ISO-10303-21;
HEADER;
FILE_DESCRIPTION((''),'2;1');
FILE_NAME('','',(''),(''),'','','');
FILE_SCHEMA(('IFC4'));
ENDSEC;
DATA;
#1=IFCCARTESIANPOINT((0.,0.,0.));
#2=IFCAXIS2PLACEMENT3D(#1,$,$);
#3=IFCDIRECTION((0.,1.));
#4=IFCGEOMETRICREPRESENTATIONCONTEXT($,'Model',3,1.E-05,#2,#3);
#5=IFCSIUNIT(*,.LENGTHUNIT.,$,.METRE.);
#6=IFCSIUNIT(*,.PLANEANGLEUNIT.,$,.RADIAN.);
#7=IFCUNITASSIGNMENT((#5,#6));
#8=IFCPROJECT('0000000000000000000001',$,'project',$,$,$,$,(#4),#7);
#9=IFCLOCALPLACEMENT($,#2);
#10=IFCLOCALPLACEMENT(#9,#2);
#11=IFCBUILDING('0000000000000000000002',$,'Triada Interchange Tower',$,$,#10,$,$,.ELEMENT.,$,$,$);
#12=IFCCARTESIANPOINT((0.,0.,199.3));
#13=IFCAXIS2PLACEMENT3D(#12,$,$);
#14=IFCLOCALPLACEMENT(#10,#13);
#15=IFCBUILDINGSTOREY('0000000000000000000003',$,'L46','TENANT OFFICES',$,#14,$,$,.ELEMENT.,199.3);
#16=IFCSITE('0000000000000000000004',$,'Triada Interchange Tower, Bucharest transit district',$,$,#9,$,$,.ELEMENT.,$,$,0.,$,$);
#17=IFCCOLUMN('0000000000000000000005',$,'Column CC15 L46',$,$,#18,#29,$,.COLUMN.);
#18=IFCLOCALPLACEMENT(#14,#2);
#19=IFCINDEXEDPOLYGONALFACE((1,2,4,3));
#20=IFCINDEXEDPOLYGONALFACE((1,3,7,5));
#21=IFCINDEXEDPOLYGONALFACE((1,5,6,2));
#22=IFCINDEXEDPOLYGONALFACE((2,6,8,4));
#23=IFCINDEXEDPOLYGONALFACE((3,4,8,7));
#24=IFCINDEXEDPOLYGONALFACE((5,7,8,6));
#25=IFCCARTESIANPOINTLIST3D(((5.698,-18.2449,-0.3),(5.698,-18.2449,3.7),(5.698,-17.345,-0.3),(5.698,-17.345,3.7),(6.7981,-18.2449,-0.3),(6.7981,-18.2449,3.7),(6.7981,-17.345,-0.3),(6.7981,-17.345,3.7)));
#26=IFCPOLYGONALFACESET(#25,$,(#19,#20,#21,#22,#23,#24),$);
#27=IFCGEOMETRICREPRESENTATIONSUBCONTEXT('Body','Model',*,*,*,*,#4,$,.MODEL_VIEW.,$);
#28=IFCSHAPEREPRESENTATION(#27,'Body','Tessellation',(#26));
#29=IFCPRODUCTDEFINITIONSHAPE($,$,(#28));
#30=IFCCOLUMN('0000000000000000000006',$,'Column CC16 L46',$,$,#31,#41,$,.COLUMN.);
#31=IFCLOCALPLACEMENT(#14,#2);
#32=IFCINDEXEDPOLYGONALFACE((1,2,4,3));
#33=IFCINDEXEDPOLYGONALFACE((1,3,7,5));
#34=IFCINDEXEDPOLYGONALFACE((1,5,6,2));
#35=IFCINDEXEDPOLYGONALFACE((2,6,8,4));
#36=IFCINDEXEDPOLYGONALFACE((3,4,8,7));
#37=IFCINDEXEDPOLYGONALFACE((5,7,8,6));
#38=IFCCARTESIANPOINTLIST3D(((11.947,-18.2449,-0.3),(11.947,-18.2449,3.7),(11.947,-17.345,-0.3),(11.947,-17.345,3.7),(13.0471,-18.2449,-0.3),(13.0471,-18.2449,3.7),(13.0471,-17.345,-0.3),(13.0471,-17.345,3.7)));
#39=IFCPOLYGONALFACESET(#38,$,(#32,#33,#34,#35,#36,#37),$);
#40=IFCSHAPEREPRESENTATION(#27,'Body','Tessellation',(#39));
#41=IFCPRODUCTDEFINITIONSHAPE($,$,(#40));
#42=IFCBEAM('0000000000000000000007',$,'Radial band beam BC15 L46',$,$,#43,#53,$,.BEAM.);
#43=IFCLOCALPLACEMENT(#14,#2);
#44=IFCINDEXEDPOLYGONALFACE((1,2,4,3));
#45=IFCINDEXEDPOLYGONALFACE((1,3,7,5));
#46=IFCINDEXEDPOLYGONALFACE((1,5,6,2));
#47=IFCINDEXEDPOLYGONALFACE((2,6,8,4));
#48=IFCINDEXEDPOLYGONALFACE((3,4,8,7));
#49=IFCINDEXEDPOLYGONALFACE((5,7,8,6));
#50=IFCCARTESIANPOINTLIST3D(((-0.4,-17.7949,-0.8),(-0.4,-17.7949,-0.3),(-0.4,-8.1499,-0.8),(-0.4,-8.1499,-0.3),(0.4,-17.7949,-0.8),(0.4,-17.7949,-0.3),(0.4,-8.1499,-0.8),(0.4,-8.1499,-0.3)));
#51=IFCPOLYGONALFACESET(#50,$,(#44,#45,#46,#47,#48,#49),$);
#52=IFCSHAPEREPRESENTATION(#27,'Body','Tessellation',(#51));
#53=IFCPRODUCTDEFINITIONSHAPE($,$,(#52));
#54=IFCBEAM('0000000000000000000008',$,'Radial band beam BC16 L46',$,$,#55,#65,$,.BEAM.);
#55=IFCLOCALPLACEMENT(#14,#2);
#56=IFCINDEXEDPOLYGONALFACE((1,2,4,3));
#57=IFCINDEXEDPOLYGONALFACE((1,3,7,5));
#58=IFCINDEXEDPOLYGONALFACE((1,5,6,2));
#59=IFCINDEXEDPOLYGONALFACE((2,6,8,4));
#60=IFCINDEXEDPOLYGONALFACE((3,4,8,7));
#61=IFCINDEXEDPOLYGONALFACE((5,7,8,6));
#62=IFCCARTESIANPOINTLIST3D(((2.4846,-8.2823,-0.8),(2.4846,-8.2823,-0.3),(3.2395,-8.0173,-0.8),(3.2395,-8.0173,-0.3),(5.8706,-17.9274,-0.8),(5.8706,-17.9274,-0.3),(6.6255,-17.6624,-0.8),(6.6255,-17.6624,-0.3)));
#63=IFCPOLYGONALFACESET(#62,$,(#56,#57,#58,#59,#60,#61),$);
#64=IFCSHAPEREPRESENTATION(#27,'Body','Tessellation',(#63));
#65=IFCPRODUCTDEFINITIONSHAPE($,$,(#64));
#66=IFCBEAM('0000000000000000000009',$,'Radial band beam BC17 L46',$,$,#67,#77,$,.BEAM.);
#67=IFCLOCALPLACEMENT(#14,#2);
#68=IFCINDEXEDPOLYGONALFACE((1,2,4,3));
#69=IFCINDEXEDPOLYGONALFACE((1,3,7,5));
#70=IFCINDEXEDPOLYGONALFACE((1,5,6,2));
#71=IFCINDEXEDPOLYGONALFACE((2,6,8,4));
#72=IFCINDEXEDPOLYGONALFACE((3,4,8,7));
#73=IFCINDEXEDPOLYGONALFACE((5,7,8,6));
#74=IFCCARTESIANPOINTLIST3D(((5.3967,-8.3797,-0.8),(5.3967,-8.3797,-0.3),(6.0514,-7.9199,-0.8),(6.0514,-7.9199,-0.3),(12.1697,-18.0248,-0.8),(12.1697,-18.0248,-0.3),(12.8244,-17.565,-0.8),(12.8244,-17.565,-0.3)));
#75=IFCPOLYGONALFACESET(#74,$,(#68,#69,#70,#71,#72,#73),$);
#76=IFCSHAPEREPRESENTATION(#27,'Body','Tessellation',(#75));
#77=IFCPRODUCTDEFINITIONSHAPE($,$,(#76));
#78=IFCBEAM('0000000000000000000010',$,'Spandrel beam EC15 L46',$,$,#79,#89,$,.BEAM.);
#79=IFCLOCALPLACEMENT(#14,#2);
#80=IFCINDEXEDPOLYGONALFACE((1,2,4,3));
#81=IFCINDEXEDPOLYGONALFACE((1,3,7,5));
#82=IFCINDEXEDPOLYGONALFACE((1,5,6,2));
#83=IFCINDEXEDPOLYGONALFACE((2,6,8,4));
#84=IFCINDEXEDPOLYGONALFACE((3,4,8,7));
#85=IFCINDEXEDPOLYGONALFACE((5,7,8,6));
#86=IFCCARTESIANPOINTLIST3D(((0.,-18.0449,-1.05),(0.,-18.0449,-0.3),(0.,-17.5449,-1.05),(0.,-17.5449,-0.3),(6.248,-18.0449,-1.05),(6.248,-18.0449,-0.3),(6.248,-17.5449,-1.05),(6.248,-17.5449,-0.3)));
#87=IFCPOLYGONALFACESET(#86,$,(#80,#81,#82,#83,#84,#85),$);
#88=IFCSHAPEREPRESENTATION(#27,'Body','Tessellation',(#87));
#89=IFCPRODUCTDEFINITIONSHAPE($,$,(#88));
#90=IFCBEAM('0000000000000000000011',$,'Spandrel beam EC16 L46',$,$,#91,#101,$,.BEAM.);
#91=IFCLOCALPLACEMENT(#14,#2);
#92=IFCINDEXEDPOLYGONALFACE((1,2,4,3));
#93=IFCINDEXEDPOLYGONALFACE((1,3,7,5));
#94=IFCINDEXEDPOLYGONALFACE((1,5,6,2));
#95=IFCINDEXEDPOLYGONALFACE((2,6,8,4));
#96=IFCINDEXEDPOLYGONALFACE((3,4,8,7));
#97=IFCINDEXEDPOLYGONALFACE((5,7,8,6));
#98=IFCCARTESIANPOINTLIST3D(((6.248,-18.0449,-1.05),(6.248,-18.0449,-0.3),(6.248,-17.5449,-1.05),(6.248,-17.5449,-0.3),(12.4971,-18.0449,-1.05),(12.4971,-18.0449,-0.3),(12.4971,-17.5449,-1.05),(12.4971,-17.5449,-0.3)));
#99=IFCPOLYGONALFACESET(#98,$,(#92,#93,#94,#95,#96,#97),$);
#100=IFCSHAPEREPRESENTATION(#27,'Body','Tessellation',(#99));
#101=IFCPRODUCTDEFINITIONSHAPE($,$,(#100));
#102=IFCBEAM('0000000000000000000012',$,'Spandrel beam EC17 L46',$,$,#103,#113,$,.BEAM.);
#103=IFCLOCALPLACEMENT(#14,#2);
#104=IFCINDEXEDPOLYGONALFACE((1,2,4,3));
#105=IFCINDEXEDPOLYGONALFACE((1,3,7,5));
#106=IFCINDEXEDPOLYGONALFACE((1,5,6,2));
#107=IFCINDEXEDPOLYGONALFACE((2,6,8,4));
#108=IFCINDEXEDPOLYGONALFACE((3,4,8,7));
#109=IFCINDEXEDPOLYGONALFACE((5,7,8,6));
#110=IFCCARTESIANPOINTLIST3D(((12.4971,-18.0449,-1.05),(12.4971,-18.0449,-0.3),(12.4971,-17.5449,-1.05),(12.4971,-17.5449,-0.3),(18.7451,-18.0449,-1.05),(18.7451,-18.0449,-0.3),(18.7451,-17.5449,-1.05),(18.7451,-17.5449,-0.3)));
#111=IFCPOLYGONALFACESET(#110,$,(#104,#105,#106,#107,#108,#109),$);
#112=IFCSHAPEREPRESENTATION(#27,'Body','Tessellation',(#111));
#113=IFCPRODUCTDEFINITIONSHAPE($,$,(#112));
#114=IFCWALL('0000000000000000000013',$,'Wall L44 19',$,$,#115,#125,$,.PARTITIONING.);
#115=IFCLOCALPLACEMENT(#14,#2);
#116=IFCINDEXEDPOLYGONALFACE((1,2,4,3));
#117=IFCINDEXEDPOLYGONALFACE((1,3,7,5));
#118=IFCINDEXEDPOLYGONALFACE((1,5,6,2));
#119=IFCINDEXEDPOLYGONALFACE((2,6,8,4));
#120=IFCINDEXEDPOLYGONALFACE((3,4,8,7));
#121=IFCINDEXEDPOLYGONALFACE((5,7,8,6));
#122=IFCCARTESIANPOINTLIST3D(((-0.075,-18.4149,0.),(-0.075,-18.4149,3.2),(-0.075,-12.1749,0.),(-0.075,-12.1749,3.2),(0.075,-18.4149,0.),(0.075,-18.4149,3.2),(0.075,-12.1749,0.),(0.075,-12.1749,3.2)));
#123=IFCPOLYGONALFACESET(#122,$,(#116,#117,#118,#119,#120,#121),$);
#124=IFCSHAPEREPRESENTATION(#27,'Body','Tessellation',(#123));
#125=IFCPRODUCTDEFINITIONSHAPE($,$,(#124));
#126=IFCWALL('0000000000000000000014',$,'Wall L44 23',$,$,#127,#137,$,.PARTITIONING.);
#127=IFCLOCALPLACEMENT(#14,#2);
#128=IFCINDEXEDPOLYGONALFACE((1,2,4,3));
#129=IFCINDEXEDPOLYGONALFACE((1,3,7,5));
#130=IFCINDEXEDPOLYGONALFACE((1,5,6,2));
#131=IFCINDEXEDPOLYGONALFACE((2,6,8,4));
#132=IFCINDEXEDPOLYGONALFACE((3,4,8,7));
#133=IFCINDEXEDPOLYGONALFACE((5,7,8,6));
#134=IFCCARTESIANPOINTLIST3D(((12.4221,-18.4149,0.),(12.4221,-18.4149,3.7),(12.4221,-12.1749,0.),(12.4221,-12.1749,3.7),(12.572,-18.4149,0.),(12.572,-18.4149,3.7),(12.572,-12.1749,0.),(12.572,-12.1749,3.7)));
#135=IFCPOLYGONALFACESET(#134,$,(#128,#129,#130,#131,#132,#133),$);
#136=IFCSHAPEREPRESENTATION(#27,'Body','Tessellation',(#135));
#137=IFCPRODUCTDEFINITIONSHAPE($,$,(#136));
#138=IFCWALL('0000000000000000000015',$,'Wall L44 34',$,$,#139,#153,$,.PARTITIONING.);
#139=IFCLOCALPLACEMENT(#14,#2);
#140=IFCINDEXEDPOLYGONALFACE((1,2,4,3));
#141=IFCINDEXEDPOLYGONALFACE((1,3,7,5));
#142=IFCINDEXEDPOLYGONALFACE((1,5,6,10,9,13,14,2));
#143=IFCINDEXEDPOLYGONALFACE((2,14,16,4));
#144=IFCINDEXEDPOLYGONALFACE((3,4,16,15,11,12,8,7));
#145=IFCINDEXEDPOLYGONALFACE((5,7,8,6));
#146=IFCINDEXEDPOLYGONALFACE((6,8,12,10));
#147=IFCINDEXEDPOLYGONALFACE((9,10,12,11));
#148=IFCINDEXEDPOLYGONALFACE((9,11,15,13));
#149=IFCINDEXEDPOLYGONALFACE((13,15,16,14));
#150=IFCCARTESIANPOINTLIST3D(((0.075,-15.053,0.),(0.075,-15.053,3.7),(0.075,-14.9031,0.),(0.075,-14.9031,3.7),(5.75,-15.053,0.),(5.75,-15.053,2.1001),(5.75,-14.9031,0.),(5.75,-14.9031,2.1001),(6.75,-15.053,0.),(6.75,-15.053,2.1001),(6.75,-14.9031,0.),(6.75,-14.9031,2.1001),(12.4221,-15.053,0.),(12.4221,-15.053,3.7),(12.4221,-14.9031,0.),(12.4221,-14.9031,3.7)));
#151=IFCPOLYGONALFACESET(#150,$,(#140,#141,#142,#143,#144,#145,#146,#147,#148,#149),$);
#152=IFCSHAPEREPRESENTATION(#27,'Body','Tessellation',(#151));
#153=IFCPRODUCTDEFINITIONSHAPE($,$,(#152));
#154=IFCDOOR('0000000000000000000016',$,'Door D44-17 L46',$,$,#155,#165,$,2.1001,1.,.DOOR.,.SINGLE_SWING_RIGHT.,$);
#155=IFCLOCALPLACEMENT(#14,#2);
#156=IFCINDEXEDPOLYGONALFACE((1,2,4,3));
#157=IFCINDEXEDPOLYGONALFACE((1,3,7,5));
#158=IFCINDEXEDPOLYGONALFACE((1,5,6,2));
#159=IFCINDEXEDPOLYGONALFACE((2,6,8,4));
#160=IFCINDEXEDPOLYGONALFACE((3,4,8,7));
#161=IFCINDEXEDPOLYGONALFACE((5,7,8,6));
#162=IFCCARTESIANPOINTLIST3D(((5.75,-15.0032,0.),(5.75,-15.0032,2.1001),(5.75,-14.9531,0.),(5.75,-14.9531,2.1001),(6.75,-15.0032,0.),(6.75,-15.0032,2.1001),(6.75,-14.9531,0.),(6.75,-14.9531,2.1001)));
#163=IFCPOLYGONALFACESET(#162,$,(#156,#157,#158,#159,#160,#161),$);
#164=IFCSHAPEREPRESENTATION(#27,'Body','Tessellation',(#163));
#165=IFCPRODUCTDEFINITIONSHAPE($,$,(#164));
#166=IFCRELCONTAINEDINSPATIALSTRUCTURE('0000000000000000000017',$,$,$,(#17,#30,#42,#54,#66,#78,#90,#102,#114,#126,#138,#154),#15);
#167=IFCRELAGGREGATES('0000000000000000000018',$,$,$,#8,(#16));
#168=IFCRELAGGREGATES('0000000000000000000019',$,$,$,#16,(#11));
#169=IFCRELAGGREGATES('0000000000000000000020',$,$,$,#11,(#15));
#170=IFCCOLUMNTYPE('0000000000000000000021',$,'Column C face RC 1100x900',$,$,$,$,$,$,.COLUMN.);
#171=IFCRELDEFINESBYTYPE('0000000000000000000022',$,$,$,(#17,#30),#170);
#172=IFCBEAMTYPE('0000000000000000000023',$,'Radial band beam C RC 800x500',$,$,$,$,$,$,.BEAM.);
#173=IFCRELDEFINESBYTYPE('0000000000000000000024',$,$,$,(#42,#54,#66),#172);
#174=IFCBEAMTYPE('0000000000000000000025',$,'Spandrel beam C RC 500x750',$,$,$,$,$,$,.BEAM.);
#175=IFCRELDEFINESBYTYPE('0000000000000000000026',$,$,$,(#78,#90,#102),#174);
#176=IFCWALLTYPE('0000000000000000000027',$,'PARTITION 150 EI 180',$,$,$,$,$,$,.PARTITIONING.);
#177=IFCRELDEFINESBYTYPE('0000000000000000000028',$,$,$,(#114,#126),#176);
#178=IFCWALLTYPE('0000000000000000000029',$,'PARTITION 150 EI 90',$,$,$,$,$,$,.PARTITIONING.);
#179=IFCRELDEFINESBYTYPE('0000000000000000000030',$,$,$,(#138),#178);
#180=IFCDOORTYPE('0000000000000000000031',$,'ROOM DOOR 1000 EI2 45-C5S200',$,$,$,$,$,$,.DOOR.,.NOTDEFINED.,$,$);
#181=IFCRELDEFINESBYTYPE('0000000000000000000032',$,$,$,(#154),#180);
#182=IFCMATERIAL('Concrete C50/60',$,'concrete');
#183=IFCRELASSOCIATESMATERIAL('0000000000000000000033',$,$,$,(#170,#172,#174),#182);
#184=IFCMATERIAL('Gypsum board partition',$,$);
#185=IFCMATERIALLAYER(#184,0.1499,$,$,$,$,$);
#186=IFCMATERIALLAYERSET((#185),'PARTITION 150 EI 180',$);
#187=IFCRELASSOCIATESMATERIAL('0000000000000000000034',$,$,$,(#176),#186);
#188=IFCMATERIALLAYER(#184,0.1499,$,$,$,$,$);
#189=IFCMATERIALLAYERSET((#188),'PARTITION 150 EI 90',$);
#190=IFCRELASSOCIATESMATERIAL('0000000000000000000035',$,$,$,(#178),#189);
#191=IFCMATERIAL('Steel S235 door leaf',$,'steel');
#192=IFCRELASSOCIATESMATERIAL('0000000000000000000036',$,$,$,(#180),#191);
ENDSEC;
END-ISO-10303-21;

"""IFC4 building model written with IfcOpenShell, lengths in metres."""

from ifc_helpers import new_model, si_unit, direction, frame, frame_2d, origin, origin_2d, place, context, subcontext, project, spatial, rectangle, extrude, material, layer, layer_set, material_profile, profile_set, type_object, element, fill, save


model = new_model("IFC4")

# Units and contexts
model_context = context("Model", 3, precision=1e-05, world=origin(), true_north=direction((0.0, 1.0)))
body_context = subcontext(model_context, "Body", "Model", "MODEL_VIEW")
ifc_project = project(units=[si_unit("LENGTHUNIT", "METRE"), si_unit("PLANEANGLEUNIT", "RADIAN")], contexts=[model_context])

# Site, building, storey
site_placement = place(None, origin())
site = spatial("IfcSite", under=ifc_project, at=site_placement, Name="Triada Interchange Tower, Bucharest transit district", CompositionType="ELEMENT", RefElevation=0.0)
building_placement = place(site_placement, origin())
building = spatial("IfcBuilding", under=site, at=building_placement, Name="Triada Interchange Tower", CompositionType="ELEMENT")
storey_placement = place(building_placement, frame((0.0, 0.0, 199.3)))
storey = spatial("IfcBuildingStorey", under=building, at=storey_placement, Name="L46", Description="TENANT OFFICES", CompositionType="ELEMENT", Elevation=199.3)

# Columns
ifc_material_1 = material(Name="Concrete C50/60", Category="concrete")
ifc_material_profile_1 = material_profile(ifc_material_1, rectangle(XDim=1.1001, YDim=0.8999, at=origin_2d()), Name="RC 1100x900")
ifc_profile_set_1 = profile_set([ifc_material_profile_1], Name="Concrete C50/60")
column_type = type_object("IfcColumnType", Name="Column C face RC 1100x900", PredefinedType="COLUMN", material=ifc_profile_set_1)
for number, where, z_axis, x_axis, name in (
    (1, (6.248, -17.7949, -0.3), (0.0, 0.0, 1.0), (1.0, 0.0, 0.0), "Column CC15 L46"),
    (2, (12.4971, -17.7949, -0.3), (0.0, 0.0, 1.0), (1.0, 0.0, 0.0), "Column CC16 L46"),
):
    element("IfcColumn", number, at=place(storey_placement, frame(where, z_axis=z_axis, x_axis=x_axis)), inside=storey, type_object=column_type, Name=name, PredefinedType="COLUMN", context=body_context, shape_type="SweptSolid", body=[
        extrude(rectangle(XDim=1.1001, YDim=0.8999, at=origin_2d()), origin(), (0.0, 0.0, 1.0), 4.0),
    ])

# Beams
ifc_material_profile_2 = material_profile(ifc_material_1, rectangle(XDim=0.8, YDim=0.5, at=origin_2d()), Name="RC 800x500")
ifc_profile_set_2 = profile_set([ifc_material_profile_2], Name="Concrete C50/60")
beam_type_1 = type_object("IfcBeamType", Name="Radial band beam C RC 800x500", PredefinedType="BEAM", material=ifc_profile_set_2)
beam_1_placement = place(storey_placement, frame((0.0, -17.7949, -0.55), z_axis=(0.0, 1.0, 0.0), x_axis=(-1.0, 0.0, 0.0)))
element("IfcBeam", 3, at=beam_1_placement, inside=storey, type_object=beam_type_1, Name="Radial band beam BC15 L46", PredefinedType="BEAM", context=body_context, shape_type="SweptSolid", body=[
    extrude(rectangle(XDim=0.8, YDim=0.5, at=origin_2d()), origin(), (0.0, 0.0, 1.0), 9.645),
])
beam_2_placement = place(storey_placement, frame((6.248, -17.7949, -0.55), z_axis=(-0.331242, 0.943546, 0.0), x_axis=(-0.943546, -0.331242, 0.0)))
element("IfcBeam", 4, at=beam_2_placement, inside=storey, type_object=beam_type_1, Name="Radial band beam BC16 L46", PredefinedType="BEAM", context=body_context, shape_type="SweptSolid", body=[
    extrude(rectangle(XDim=0.8, YDim=0.5, at=origin_2d()), origin(), (0.0, 0.0, 1.0), 10.2222),
])
beam_3_placement = place(storey_placement, frame((12.4971, -17.7949, -0.55), z_axis=(-0.574682, 0.818377, 0.0), x_axis=(-0.818377, -0.574682, 0.0)))
element("IfcBeam", 5, at=beam_3_placement, inside=storey, type_object=beam_type_1, Name="Radial band beam BC17 L46", PredefinedType="BEAM", context=body_context, shape_type="SweptSolid", body=[
    extrude(rectangle(XDim=0.8, YDim=0.5, at=origin_2d()), origin(), (0.0, 0.0, 1.0), 11.7856),
])
ifc_material_profile_3 = material_profile(ifc_material_1, rectangle(XDim=0.5, YDim=0.75, at=origin_2d()), Name="RC 500x750")
ifc_profile_set_3 = profile_set([ifc_material_profile_3], Name="Concrete C50/60")
beam_type_2 = type_object("IfcBeamType", Name="Spandrel beam C RC 500x750", PredefinedType="BEAM", material=ifc_profile_set_3)
beam_4_placement = place(storey_placement, frame((0.0, -17.7949, -0.675), z_axis=(1.0, 0.0, 0.0), x_axis=(0.0, 1.0, 0.0)))
element("IfcBeam", 6, at=beam_4_placement, inside=storey, type_object=beam_type_2, Name="Spandrel beam EC15 L46", PredefinedType="BEAM", context=body_context, shape_type="SweptSolid", body=[
    extrude(rectangle(XDim=0.5, YDim=0.75, at=origin_2d()), origin(), (0.0, 0.0, 1.0), 6.248),
])
beam_5_placement = place(storey_placement, frame((6.248, -17.7949, -0.675), z_axis=(1.0, 0.0, 0.0), x_axis=(0.0, 1.0, 0.0)))
element("IfcBeam", 7, at=beam_5_placement, inside=storey, type_object=beam_type_2, Name="Spandrel beam EC16 L46", PredefinedType="BEAM", context=body_context, shape_type="SweptSolid", body=[
    extrude(rectangle(XDim=0.5, YDim=0.75, at=origin_2d()), origin(), (0.0, 0.0, 1.0), 6.249),
])
beam_6_placement = place(storey_placement, frame((12.4971, -17.7949, -0.675), z_axis=(1.0, 0.0, 0.0), x_axis=(0.0, 1.0, 0.0)))
element("IfcBeam", 8, at=beam_6_placement, inside=storey, type_object=beam_type_2, Name="Spandrel beam EC17 L46", PredefinedType="BEAM", context=body_context, shape_type="SweptSolid", body=[
    extrude(rectangle(XDim=0.5, YDim=0.75, at=origin_2d()), origin(), (0.0, 0.0, 1.0), 6.248),
])

# Walls
ifc_material_2 = material(Name="Gypsum board partition")
ifc_layer_1 = layer(ifc_material_2, 0.1499)
ifc_layer_set_1 = layer_set([ifc_layer_1], Name="PARTITION 150 EI 180")
wall_type_1 = type_object("IfcWallType", Name="PARTITION 150 EI 180", PredefinedType="PARTITIONING", material=ifc_layer_set_1)
wall_1_placement = place(storey_placement, frame((0.0, -18.415, 0.0), z_axis=(0.0, 0.0, 1.0), x_axis=(0.0, 1.0, 0.0)))
element("IfcWall", 9, at=wall_1_placement, inside=storey, type_object=wall_type_1, Name="Wall L44 19", PredefinedType="PARTITIONING", context=body_context, shape_type="SweptSolid", body=[
    extrude(rectangle(XDim=6.24, YDim=0.1499, at=frame_2d((3.1201, 0.0))), origin(), (0.0, 0.0, 1.0), 3.2),
])
wall_2_placement = place(storey_placement, frame((12.4971, -18.415, 0.0), z_axis=(0.0, 0.0, 1.0), x_axis=(0.0, 1.0, 0.0)))
element("IfcWall", 10, at=wall_2_placement, inside=storey, type_object=wall_type_1, Name="Wall L44 23", PredefinedType="PARTITIONING", context=body_context, shape_type="SweptSolid", body=[
    extrude(rectangle(XDim=6.24, YDim=0.1499, at=frame_2d((3.1201, 0.0))), origin(), (0.0, 0.0, 1.0), 3.7),
])

# Wall, opening, door
ifc_layer_2 = layer(ifc_material_2, 0.1499)
ifc_layer_set_2 = layer_set([ifc_layer_2], Name="PARTITION 150 EI 90")
wall_type_2 = type_object("IfcWallType", Name="PARTITION 150 EI 90", PredefinedType="PARTITIONING", material=ifc_layer_set_2)
wall_3_placement = place(storey_placement, frame((0.075, -14.978, 0.0), z_axis=(0.0, 0.0, 1.0), x_axis=(1.0, 0.0, 0.0)))
wall_3 = element("IfcWall", 11, at=wall_3_placement, inside=storey, type_object=wall_type_2, Name="Wall L44 34", PredefinedType="PARTITIONING", context=body_context, shape_type="SweptSolid", body=[
    extrude(rectangle(XDim=12.3472, YDim=0.1499, at=frame_2d((6.1736, 0.0))), origin(), (0.0, 0.0, 1.0), 3.7),
])
opening_1_placement = place(wall_3_placement, frame((5.675, 0.0, 0.0)))
opening_1 = element("IfcOpeningElement", 12, at=opening_1_placement, cuts=wall_3, PredefinedType="OPENING", context=body_context, shape_type="SweptSolid", body=[
    extrude(rectangle(XDim=1.0, YDim=2.1001, at=frame_2d((0.5, 1.05))), frame((0.0, 0.085, 0.0), z_axis=(0.0, -1.0, 0.0), x_axis=(1.0, 0.0, 0.0)), (0.0, 0.0, 1.0), 0.1699),
])
ifc_material_3 = material(Name="Steel S235 door leaf", Category="steel")
door_type_1 = type_object("IfcDoorType", Name="ROOM DOOR 1000 EI2 45-C5S200", OperationType="NOTDEFINED", PredefinedType="DOOR", material=ifc_material_3)
door_1_placement = place(opening_1_placement, origin())
door_1 = element("IfcDoor", 13, at=door_1_placement, inside=storey, type_object=door_type_1, Name="Door D44-17 L46", OperationType="SINGLE_SWING_RIGHT", OverallHeight=2.1001, OverallWidth=1.0, PredefinedType="DOOR", context=body_context, shape_type="SweptSolid", body=[
    extrude(rectangle(XDim=1.0, YDim=2.1001, at=frame_2d((0.5, 1.05))), frame((0.0, 0.0249, 0.0), z_axis=(0.0, -1.0, 0.0), x_axis=(1.0, 0.0, 0.0)), (0.0, 0.0, 1.0), 0.05),
])
fill(opening_1, door_1)

save(model, "model.ifc")
